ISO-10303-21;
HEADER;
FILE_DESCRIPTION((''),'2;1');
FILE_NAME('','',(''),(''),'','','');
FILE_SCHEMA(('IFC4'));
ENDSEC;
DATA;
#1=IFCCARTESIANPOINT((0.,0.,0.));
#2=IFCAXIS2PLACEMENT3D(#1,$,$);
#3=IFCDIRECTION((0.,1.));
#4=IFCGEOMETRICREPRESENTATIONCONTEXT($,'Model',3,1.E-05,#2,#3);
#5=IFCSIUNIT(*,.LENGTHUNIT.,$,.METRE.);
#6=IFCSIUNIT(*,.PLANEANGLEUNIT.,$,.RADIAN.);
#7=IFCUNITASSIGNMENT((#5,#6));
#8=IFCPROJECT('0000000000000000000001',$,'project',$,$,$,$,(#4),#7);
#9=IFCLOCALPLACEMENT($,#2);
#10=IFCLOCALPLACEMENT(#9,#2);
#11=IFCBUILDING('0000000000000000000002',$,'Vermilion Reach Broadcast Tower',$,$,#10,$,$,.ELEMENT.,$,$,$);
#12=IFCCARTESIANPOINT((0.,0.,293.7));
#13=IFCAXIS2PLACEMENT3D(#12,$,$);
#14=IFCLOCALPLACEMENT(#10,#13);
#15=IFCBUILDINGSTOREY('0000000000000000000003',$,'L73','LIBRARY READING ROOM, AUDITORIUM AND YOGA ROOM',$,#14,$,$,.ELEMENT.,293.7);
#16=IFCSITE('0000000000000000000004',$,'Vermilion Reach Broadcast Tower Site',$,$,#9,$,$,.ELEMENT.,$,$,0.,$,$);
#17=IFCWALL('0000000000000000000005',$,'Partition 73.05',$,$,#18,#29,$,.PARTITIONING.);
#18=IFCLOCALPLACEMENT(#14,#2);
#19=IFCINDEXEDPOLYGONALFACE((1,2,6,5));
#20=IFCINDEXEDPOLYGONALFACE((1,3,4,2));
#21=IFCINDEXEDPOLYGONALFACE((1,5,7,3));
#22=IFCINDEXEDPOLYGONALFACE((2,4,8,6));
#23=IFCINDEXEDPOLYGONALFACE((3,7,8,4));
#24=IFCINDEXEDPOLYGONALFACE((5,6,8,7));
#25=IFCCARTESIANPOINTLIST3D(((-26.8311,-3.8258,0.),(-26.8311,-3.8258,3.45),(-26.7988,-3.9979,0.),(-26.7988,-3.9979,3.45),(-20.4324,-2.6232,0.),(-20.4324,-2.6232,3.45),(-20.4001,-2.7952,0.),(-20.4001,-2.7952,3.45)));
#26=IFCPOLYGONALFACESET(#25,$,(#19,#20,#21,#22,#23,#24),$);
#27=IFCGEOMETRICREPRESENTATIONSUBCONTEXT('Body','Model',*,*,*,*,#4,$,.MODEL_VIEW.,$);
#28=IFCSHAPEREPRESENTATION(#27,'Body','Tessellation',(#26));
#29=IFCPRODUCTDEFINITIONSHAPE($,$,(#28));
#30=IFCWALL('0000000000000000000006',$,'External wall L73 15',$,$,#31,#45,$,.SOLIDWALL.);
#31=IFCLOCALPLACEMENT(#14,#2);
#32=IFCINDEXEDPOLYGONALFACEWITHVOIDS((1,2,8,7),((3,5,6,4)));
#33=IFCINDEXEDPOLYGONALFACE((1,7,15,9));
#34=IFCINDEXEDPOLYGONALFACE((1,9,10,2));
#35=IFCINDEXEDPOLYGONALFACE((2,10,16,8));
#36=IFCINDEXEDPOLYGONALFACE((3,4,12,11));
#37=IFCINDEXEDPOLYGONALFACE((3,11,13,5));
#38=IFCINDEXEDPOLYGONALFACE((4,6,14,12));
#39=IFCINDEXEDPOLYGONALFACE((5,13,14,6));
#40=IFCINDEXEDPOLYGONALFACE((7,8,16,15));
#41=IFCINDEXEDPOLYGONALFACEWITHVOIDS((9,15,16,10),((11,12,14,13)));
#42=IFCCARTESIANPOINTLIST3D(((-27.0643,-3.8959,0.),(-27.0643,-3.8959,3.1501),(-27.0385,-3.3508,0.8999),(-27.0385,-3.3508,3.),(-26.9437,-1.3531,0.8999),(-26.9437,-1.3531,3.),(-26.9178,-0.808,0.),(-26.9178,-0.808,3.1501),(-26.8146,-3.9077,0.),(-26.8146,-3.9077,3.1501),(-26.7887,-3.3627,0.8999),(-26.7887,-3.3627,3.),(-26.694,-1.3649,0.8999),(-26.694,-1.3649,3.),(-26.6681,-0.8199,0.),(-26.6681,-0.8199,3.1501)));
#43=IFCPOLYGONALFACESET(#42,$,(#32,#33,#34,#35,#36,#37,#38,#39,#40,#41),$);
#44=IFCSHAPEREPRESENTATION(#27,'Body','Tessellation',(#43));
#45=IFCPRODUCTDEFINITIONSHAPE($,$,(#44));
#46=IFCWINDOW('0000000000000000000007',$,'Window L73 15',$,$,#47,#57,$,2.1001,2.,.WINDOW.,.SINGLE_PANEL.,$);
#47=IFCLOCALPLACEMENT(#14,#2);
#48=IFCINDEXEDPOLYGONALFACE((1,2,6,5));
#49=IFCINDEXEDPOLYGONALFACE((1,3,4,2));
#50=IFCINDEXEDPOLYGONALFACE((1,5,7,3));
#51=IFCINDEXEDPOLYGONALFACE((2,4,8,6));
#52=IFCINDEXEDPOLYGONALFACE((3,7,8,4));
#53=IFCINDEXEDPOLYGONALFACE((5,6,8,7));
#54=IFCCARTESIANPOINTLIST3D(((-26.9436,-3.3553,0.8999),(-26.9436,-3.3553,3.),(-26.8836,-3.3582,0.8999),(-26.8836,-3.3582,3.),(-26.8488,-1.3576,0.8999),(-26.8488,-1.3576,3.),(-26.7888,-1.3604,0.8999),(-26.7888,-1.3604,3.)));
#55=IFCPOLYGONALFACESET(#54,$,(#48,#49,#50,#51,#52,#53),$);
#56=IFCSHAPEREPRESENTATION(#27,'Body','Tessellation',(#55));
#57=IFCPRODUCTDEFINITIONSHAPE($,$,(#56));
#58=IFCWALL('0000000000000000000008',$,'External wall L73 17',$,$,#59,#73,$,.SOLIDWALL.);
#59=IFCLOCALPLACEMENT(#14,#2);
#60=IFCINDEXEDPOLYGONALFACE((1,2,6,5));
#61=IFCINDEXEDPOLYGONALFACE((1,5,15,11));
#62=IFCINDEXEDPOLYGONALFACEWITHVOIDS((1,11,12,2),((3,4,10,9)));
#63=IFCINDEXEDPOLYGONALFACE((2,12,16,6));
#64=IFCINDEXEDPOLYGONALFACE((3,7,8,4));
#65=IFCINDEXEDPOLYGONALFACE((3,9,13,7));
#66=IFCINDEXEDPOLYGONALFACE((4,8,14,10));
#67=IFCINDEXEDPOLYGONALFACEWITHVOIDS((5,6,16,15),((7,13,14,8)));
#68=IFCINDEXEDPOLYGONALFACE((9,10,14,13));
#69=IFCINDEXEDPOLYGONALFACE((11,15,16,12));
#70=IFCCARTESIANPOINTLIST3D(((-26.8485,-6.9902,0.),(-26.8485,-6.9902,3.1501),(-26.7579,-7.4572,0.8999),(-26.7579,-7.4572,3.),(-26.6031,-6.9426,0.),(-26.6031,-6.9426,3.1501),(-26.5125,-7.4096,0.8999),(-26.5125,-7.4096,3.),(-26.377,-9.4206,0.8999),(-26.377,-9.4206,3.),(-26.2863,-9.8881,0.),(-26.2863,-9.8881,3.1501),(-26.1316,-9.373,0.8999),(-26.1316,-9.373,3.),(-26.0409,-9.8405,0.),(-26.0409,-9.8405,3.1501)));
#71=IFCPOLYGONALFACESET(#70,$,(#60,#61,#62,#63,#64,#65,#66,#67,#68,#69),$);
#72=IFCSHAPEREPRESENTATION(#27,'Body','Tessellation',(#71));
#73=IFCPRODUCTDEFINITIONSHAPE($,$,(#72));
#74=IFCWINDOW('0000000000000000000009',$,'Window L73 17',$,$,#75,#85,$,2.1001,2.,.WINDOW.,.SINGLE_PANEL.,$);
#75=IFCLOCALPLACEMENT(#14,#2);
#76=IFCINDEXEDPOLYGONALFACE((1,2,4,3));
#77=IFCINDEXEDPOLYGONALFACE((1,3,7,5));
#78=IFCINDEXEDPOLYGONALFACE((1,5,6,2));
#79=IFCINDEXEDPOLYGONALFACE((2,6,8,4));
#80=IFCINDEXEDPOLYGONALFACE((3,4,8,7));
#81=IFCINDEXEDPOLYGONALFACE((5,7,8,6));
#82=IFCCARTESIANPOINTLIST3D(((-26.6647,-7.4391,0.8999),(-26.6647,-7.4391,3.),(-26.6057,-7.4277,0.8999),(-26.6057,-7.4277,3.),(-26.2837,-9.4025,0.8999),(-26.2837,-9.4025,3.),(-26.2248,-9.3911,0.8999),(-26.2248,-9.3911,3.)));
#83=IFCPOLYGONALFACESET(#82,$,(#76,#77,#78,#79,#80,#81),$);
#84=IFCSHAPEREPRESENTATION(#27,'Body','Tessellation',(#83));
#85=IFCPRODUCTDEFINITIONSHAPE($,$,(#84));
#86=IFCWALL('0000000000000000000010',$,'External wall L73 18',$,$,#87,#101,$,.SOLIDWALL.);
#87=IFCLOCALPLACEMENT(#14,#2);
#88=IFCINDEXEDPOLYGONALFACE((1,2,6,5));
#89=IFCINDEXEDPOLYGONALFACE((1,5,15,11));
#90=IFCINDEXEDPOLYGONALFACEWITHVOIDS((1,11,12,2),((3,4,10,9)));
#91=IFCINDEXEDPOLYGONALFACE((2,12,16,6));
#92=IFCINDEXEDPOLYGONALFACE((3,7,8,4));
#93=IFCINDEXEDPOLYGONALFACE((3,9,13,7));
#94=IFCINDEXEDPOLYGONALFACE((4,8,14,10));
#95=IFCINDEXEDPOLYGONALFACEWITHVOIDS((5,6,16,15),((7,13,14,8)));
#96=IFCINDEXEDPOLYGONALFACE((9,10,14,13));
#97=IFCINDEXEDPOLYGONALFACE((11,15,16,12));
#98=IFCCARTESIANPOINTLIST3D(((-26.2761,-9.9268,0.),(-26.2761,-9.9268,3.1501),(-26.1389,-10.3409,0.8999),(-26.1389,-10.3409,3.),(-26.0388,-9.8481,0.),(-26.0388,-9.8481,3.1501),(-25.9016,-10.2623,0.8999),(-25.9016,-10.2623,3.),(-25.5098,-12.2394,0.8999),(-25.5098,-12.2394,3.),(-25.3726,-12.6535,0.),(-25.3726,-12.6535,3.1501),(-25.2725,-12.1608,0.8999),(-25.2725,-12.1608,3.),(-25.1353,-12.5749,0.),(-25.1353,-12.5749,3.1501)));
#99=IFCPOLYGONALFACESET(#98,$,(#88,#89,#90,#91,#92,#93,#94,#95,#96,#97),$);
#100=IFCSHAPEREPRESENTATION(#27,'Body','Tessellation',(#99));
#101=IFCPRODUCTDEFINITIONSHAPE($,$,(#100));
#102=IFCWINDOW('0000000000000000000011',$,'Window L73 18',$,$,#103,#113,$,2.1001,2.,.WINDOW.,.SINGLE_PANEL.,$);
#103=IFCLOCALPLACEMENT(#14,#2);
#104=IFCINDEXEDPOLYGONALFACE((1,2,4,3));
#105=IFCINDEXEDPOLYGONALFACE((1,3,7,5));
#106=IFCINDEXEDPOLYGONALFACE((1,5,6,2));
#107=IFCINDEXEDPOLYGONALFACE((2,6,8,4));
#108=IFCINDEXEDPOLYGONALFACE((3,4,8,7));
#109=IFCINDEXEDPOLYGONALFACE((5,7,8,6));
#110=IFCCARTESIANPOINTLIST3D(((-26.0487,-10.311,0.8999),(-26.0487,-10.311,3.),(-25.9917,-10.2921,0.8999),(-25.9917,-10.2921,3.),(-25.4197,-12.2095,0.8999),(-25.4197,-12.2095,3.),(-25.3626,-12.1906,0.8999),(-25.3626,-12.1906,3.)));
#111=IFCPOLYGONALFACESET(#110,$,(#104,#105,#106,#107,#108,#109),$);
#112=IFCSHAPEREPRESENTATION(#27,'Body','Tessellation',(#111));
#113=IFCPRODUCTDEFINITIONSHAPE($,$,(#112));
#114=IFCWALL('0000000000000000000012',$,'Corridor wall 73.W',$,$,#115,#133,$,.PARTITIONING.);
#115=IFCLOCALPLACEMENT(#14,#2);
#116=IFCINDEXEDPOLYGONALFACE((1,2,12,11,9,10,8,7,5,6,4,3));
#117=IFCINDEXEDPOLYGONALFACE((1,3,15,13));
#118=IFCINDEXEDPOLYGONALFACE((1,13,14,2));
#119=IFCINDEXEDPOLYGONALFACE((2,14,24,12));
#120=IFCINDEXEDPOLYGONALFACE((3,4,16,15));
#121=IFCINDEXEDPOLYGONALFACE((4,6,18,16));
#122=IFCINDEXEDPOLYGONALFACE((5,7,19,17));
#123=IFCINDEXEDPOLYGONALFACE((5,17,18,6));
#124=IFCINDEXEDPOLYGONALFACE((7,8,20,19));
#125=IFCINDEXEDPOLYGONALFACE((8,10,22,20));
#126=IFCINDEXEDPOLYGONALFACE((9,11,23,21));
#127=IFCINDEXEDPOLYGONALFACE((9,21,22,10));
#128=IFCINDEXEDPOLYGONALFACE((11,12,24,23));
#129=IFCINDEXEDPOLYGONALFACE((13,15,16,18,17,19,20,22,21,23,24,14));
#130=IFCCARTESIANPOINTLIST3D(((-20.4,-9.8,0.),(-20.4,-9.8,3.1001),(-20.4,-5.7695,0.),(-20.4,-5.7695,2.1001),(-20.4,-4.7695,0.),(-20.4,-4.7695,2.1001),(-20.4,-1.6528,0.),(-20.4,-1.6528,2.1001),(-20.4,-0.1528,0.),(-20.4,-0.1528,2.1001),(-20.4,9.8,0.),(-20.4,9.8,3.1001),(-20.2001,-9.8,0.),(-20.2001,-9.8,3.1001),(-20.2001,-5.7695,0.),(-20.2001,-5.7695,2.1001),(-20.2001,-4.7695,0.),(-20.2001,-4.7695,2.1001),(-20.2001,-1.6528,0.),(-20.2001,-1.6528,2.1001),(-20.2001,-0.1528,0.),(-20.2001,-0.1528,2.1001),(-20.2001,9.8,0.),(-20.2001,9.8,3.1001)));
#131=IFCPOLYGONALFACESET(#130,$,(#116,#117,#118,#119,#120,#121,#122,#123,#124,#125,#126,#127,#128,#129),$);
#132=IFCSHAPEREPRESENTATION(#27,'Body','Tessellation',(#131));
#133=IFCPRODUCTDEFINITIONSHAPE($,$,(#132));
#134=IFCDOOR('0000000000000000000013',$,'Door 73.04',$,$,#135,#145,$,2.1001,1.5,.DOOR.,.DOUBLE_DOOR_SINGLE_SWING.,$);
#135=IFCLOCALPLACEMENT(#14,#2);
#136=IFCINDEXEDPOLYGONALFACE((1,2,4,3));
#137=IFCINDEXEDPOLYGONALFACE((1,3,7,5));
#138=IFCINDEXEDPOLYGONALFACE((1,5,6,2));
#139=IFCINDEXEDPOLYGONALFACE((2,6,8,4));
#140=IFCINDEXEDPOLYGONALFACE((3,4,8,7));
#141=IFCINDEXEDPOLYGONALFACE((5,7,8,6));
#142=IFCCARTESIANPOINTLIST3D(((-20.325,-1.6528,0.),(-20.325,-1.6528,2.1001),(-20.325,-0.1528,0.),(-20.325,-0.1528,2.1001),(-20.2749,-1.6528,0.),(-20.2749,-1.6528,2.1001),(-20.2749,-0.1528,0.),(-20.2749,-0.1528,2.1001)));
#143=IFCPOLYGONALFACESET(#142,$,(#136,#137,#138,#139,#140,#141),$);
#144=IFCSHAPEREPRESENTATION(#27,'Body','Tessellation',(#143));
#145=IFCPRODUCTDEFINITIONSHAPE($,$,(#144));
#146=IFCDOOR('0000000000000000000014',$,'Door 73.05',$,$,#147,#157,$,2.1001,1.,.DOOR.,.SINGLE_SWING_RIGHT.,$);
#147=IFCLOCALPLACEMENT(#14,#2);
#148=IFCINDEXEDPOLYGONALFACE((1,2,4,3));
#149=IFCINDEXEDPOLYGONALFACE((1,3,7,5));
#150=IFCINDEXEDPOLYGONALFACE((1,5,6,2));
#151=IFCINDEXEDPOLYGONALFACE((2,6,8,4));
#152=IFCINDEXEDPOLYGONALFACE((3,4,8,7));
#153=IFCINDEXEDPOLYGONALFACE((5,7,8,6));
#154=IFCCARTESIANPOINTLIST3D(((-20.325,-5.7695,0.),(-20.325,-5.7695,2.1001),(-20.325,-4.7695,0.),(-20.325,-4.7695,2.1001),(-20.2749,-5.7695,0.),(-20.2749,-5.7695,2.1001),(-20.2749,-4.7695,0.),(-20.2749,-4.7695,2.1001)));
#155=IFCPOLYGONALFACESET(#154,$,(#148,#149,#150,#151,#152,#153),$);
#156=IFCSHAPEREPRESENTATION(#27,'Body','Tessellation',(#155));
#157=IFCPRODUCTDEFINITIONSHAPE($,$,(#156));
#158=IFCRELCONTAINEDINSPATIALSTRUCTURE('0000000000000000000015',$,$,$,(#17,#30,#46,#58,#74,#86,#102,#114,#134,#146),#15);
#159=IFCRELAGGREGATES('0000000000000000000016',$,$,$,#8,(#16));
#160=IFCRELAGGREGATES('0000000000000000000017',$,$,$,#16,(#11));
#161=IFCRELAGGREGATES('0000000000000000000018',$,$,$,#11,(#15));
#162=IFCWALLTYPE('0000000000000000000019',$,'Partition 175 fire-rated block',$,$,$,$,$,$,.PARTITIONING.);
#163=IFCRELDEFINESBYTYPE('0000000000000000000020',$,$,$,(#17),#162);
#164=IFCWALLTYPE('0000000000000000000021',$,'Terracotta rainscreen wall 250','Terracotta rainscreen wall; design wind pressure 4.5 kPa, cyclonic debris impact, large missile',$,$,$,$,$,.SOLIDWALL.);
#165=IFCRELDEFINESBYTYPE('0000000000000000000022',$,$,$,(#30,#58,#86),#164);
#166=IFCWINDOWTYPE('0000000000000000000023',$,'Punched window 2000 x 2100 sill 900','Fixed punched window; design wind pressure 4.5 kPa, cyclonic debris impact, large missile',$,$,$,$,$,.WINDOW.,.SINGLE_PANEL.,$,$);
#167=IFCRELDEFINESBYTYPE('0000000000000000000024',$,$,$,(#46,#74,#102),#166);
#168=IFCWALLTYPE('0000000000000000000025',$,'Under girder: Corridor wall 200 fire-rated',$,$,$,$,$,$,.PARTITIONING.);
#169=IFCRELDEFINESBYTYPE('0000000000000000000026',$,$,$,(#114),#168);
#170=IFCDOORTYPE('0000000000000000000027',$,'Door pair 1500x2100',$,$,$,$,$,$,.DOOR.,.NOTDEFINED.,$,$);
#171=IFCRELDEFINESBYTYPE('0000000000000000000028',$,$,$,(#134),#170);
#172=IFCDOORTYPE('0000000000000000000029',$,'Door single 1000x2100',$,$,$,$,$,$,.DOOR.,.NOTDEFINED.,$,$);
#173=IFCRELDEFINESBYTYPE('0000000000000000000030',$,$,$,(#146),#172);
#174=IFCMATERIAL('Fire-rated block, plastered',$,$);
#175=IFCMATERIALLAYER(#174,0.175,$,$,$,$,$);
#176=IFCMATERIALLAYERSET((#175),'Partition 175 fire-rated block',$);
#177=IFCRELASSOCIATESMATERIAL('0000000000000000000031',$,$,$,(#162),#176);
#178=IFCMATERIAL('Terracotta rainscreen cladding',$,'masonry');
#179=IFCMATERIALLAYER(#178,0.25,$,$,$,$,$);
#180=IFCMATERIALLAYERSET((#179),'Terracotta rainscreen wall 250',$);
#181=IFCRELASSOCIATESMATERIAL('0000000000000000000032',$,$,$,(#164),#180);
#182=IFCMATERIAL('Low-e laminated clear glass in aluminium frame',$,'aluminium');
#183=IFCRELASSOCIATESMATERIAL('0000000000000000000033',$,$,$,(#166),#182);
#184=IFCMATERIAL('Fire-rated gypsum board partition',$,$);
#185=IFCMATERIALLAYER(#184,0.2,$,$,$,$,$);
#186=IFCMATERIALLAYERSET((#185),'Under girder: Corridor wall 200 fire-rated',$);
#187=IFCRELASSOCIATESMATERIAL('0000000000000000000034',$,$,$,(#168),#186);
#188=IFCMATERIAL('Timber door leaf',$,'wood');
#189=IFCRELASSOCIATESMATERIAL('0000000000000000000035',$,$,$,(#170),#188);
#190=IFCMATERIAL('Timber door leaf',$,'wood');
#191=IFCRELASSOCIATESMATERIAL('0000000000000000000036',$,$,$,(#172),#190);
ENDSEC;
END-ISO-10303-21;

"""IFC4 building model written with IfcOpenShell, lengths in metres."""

from ifc_helpers import new_model, si_unit, direction, frame, frame_2d, origin, place, context, subcontext, project, spatial, rectangle, extrude, material, layer, layer_set, type_object, element, fill, save


model = new_model("IFC4")

# Units and contexts
model_context = context("Model", 3, precision=1e-05, world=origin(), true_north=direction((0.0, 1.0)))
body_context = subcontext(model_context, "Body", "Model", "MODEL_VIEW")
ifc_project = project(units=[si_unit("LENGTHUNIT", "METRE"), si_unit("PLANEANGLEUNIT", "RADIAN")], contexts=[model_context])

# Site, building, storey
site_placement = place(None, origin())
site = spatial("IfcSite", under=ifc_project, at=site_placement, Name="Vermilion Reach Broadcast Tower Site", CompositionType="ELEMENT", RefElevation=0.0)
building_placement = place(site_placement, origin())
building = spatial("IfcBuilding", under=site, at=building_placement, Name="Vermilion Reach Broadcast Tower", CompositionType="ELEMENT")
storey_placement = place(building_placement, frame((0.0, 0.0, 293.7)))
storey = spatial("IfcBuildingStorey", under=building, at=storey_placement, Name="L73", Description="LIBRARY READING ROOM, AUDITORIUM AND YOGA ROOM", CompositionType="ELEMENT", Elevation=293.7)

# Wall
ifc_material_1 = material(Name="Fire-rated block, plastered")
ifc_layer_1 = layer(ifc_material_1, 0.175)
ifc_layer_set_1 = layer_set([ifc_layer_1], Name="Partition 175 fire-rated block")
wall_type_1 = type_object("IfcWallType", Name="Partition 175 fire-rated block", PredefinedType="PARTITIONING", material=ifc_layer_set_1)
wall_1_placement = place(storey_placement, frame((-26.8149, -3.9119, 0.0), z_axis=(0.0, 0.0, 1.0), x_axis=(0.982792, 0.184716, 0.0)))
element("IfcWall", 1, at=wall_1_placement, inside=storey, type_object=wall_type_1, Name="Partition 73.05", PredefinedType="PARTITIONING", context=body_context, shape_type="SweptSolid", body=[
    extrude(rectangle(XDim=6.5107, YDim=0.175, at=frame_2d((3.2554, 0.0))), origin(), (0.0, 0.0, 1.0), 3.45),
])

# Wall, opening, window
ifc_material_2 = material(Name="Terracotta rainscreen cladding", Category="masonry")
ifc_layer_2 = layer(ifc_material_2, 0.25)
ifc_layer_set_2 = layer_set([ifc_layer_2], Name="Terracotta rainscreen wall 250")
wall_type_2 = type_object("IfcWallType", Name="Terracotta rainscreen wall 250", Description="Terracotta rainscreen wall; design wind pressure 4.5 kPa, cyclonic debris impact, large missile", PredefinedType="SOLIDWALL", material=ifc_layer_set_2)
wall_2_placement = place(storey_placement, frame((-26.793, -0.814, 0.0), z_axis=(0.0, 0.0, 1.0), x_axis=(-0.047385, -0.998877, 0.0)))
wall_2 = element("IfcWall", 2, at=wall_2_placement, inside=storey, type_object=wall_type_2, Name="External wall L73 15", PredefinedType="SOLIDWALL", context=body_context, shape_type="SweptSolid", body=[
    extrude(rectangle(XDim=3.0913, YDim=0.25, at=frame_2d((1.5457, 0.0))), origin(), (0.0, 0.0, 1.0), 3.1501),
])
opening_1_placement = place(wall_2_placement, frame((0.5457, 0.0, 0.8999)))
opening_1 = element("IfcOpeningElement", 3, at=opening_1_placement, cuts=wall_2, PredefinedType="OPENING", context=body_context, shape_type="SweptSolid", body=[
    extrude(rectangle(XDim=2.0, YDim=2.1001, at=frame_2d((1.0, 1.05))), frame((0.0, 0.135, 0.0), z_axis=(0.0, -1.0, 0.0), x_axis=(1.0, 0.0, 0.0)), (0.0, 0.0, 1.0), 0.27),
])
ifc_material_3 = material(Name="Low-e laminated clear glass in aluminium frame", Category="aluminium")
window_type = type_object("IfcWindowType", Name="Punched window 2000 x 2100 sill 900", Description="Fixed punched window; design wind pressure 4.5 kPa, cyclonic debris impact, large missile", PartitioningType="SINGLE_PANEL", PredefinedType="WINDOW", material=ifc_material_3)
window_1_placement = place(opening_1_placement, origin())
window_1 = element("IfcWindow", 4, at=window_1_placement, inside=storey, type_object=window_type, Name="Window L73 15", OverallHeight=2.1001, OverallWidth=2.0, PartitioningType="SINGLE_PANEL", PredefinedType="WINDOW", context=body_context, shape_type="SweptSolid", body=[
    extrude(rectangle(XDim=2.0, YDim=2.1001, at=frame_2d((1.0, 1.05))), frame((0.0, 0.03, 0.0), z_axis=(0.0, -1.0, 0.0), x_axis=(1.0, 0.0, 0.0)), (0.0, 0.0, 1.0), 0.0601),
])
fill(opening_1, window_1)

# Walls, openings, windows
wall_3_placement = place(storey_placement, frame((-26.7258, -6.9663, 0.0), z_axis=(0.0, 0.0, 1.0), x_axis=(0.190467, -0.981694, 0.0)))
wall_3 = element("IfcWall", 5, at=wall_3_placement, inside=storey, type_object=wall_type_2, Name="External wall L73 17", PredefinedType="SOLIDWALL", context=body_context, shape_type="SweptSolid", body=[
    extrude(rectangle(XDim=2.9519, YDim=0.25, at=frame_2d((1.4761, 0.0))), origin(), (0.0, 0.0, 1.0), 3.1501),
])
opening_2_placement = place(wall_3_placement, frame((0.4758, 0.0, 0.8999)))
opening_2 = element("IfcOpeningElement", 6, at=opening_2_placement, cuts=wall_3, PredefinedType="OPENING", context=body_context, shape_type="SweptSolid", body=[
    extrude(rectangle(XDim=2.0, YDim=2.1001, at=frame_2d((1.0, 1.05))), frame((0.0, 0.135, 0.0), z_axis=(0.0, -1.0, 0.0), x_axis=(1.0, 0.0, 0.0)), (0.0, 0.0, 1.0), 0.27),
])
window_2_placement = place(opening_2_placement, origin())
window_2 = element("IfcWindow", 7, at=window_2_placement, inside=storey, type_object=window_type, Name="Window L73 17", OverallHeight=2.1001, OverallWidth=2.0, PartitioningType="SINGLE_PANEL", PredefinedType="WINDOW", context=body_context, shape_type="SweptSolid", body=[
    extrude(rectangle(XDim=2.0, YDim=2.1001, at=frame_2d((1.0, 1.05))), frame((0.0, 0.03, 0.0), z_axis=(0.0, -1.0, 0.0), x_axis=(1.0, 0.0, 0.0)), (0.0, 0.0, 1.0), 0.0601),
])
fill(opening_2, window_2)
wall_4_placement = place(storey_placement, frame((-26.1575, -9.8875, 0.0), z_axis=(0.0, 0.0, 1.0), x_axis=(0.314544, -0.949243, 0.0)))
wall_4 = element("IfcWall", 8, at=wall_4_placement, inside=storey, type_object=wall_type_2, Name="External wall L73 18", PredefinedType="SOLIDWALL", context=body_context, shape_type="SweptSolid", body=[
    extrude(rectangle(XDim=2.8726, YDim=0.25, at=frame_2d((1.4363, 0.0))), origin(), (0.0, 0.0, 1.0), 3.1501),
])
opening_3_placement = place(wall_4_placement, frame((0.4363, 0.0, 0.8999)))
opening_3 = element("IfcOpeningElement", 9, at=opening_3_placement, cuts=wall_4, PredefinedType="OPENING", context=body_context, shape_type="SweptSolid", body=[
    extrude(rectangle(XDim=2.0, YDim=2.1001, at=frame_2d((1.0, 1.05))), frame((0.0, 0.135, 0.0), z_axis=(0.0, -1.0, 0.0), x_axis=(1.0, 0.0, 0.0)), (0.0, 0.0, 1.0), 0.27),
])
window_3_placement = place(opening_3_placement, origin())
window_3 = element("IfcWindow", 10, at=window_3_placement, inside=storey, type_object=window_type, Name="Window L73 18", OverallHeight=2.1001, OverallWidth=2.0, PartitioningType="SINGLE_PANEL", PredefinedType="WINDOW", context=body_context, shape_type="SweptSolid", body=[
    extrude(rectangle(XDim=2.0, YDim=2.1001, at=frame_2d((1.0, 1.05))), frame((0.0, 0.03, 0.0), z_axis=(0.0, -1.0, 0.0), x_axis=(1.0, 0.0, 0.0)), (0.0, 0.0, 1.0), 0.0601),
])
fill(opening_3, window_3)

# Wall, openings, doors
ifc_material_4 = material(Name="Fire-rated gypsum board partition")
ifc_layer_3 = layer(ifc_material_4, 0.2)
ifc_layer_set_3 = layer_set([ifc_layer_3], Name="Under girder: Corridor wall 200 fire-rated")
wall_type_3 = type_object("IfcWallType", Name="Under girder: Corridor wall 200 fire-rated", PredefinedType="PARTITIONING", material=ifc_layer_set_3)
wall_5_placement = place(storey_placement, frame((-20.3, -9.8, 0.0), z_axis=(0.0, 0.0, 1.0), x_axis=(0.0, 1.0, 0.0)))
wall_5 = element("IfcWall", 11, at=wall_5_placement, inside=storey, type_object=wall_type_3, Name="Corridor wall 73.W", PredefinedType="PARTITIONING", context=body_context, shape_type="SweptSolid", body=[
    extrude(rectangle(XDim=19.6001, YDim=0.2, at=frame_2d((9.8, 0.0))), origin(), (0.0, 0.0, 1.0), 3.1001),
])
opening_4_placement = place(wall_5_placement, frame((8.1472, 0.0, 0.0)))
opening_4 = element("IfcOpeningElement", 12, at=opening_4_placement, cuts=wall_5, PredefinedType="OPENING", context=body_context, shape_type="SweptSolid", body=[
    extrude(rectangle(XDim=1.5, YDim=2.1001, at=frame_2d((0.75, 1.05))), frame((0.0, 0.1099, 0.0), z_axis=(0.0, -1.0, 0.0), x_axis=(1.0, 0.0, 0.0)), (0.0, 0.0, 1.0), 0.22),
])
opening_5_placement = place(wall_5_placement, frame((4.0305, 0.0, 0.0)))
opening_5 = element("IfcOpeningElement", 13, at=opening_5_placement, cuts=wall_5, PredefinedType="OPENING", context=body_context, shape_type="SweptSolid", body=[
    extrude(rectangle(XDim=1.0, YDim=2.1001, at=frame_2d((0.5, 1.05))), frame((0.0, 0.1099, 0.0), z_axis=(0.0, -1.0, 0.0), x_axis=(1.0, 0.0, 0.0)), (0.0, 0.0, 1.0), 0.22),
])
ifc_material_5 = material(Name="Timber door leaf", Category="wood")
door_type_1 = type_object("IfcDoorType", Name="Door pair 1500x2100", OperationType="NOTDEFINED", PredefinedType="DOOR", material=ifc_material_5)
door_1_placement = place(opening_4_placement, origin())
door_1 = element("IfcDoor", 14, at=door_1_placement, inside=storey, type_object=door_type_1, Name="Door 73.04", OperationType="DOUBLE_DOOR_SINGLE_SWING", OverallHeight=2.1001, OverallWidth=1.5, PredefinedType="DOOR", context=body_context, shape_type="SweptSolid", body=[
    extrude(rectangle(XDim=1.5, YDim=2.1001, at=frame_2d((0.75, 1.05))), frame((0.0, 0.0249, 0.0), z_axis=(0.0, -1.0, 0.0), x_axis=(1.0, 0.0, 0.0)), (0.0, 0.0, 1.0), 0.05),
])
fill(opening_4, door_1)
ifc_material_6 = material(Name="Timber door leaf", Category="wood")
door_type_2 = type_object("IfcDoorType", Name="Door single 1000x2100", OperationType="NOTDEFINED", PredefinedType="DOOR", material=ifc_material_6)
door_2_placement = place(opening_5_placement, origin())
door_2 = element("IfcDoor", 15, at=door_2_placement, inside=storey, type_object=door_type_2, Name="Door 73.05", OperationType="SINGLE_SWING_RIGHT", OverallHeight=2.1001, OverallWidth=1.0, PredefinedType="DOOR", context=body_context, shape_type="SweptSolid", body=[
    extrude(rectangle(XDim=1.0, YDim=2.1001, at=frame_2d((0.5, 1.05))), frame((0.0, 0.0249, 0.0), z_axis=(0.0, -1.0, 0.0), x_axis=(1.0, 0.0, 0.0)), (0.0, 0.0, 1.0), 0.05),
])
fill(opening_5, door_2)

save(model, "model.ifc")
